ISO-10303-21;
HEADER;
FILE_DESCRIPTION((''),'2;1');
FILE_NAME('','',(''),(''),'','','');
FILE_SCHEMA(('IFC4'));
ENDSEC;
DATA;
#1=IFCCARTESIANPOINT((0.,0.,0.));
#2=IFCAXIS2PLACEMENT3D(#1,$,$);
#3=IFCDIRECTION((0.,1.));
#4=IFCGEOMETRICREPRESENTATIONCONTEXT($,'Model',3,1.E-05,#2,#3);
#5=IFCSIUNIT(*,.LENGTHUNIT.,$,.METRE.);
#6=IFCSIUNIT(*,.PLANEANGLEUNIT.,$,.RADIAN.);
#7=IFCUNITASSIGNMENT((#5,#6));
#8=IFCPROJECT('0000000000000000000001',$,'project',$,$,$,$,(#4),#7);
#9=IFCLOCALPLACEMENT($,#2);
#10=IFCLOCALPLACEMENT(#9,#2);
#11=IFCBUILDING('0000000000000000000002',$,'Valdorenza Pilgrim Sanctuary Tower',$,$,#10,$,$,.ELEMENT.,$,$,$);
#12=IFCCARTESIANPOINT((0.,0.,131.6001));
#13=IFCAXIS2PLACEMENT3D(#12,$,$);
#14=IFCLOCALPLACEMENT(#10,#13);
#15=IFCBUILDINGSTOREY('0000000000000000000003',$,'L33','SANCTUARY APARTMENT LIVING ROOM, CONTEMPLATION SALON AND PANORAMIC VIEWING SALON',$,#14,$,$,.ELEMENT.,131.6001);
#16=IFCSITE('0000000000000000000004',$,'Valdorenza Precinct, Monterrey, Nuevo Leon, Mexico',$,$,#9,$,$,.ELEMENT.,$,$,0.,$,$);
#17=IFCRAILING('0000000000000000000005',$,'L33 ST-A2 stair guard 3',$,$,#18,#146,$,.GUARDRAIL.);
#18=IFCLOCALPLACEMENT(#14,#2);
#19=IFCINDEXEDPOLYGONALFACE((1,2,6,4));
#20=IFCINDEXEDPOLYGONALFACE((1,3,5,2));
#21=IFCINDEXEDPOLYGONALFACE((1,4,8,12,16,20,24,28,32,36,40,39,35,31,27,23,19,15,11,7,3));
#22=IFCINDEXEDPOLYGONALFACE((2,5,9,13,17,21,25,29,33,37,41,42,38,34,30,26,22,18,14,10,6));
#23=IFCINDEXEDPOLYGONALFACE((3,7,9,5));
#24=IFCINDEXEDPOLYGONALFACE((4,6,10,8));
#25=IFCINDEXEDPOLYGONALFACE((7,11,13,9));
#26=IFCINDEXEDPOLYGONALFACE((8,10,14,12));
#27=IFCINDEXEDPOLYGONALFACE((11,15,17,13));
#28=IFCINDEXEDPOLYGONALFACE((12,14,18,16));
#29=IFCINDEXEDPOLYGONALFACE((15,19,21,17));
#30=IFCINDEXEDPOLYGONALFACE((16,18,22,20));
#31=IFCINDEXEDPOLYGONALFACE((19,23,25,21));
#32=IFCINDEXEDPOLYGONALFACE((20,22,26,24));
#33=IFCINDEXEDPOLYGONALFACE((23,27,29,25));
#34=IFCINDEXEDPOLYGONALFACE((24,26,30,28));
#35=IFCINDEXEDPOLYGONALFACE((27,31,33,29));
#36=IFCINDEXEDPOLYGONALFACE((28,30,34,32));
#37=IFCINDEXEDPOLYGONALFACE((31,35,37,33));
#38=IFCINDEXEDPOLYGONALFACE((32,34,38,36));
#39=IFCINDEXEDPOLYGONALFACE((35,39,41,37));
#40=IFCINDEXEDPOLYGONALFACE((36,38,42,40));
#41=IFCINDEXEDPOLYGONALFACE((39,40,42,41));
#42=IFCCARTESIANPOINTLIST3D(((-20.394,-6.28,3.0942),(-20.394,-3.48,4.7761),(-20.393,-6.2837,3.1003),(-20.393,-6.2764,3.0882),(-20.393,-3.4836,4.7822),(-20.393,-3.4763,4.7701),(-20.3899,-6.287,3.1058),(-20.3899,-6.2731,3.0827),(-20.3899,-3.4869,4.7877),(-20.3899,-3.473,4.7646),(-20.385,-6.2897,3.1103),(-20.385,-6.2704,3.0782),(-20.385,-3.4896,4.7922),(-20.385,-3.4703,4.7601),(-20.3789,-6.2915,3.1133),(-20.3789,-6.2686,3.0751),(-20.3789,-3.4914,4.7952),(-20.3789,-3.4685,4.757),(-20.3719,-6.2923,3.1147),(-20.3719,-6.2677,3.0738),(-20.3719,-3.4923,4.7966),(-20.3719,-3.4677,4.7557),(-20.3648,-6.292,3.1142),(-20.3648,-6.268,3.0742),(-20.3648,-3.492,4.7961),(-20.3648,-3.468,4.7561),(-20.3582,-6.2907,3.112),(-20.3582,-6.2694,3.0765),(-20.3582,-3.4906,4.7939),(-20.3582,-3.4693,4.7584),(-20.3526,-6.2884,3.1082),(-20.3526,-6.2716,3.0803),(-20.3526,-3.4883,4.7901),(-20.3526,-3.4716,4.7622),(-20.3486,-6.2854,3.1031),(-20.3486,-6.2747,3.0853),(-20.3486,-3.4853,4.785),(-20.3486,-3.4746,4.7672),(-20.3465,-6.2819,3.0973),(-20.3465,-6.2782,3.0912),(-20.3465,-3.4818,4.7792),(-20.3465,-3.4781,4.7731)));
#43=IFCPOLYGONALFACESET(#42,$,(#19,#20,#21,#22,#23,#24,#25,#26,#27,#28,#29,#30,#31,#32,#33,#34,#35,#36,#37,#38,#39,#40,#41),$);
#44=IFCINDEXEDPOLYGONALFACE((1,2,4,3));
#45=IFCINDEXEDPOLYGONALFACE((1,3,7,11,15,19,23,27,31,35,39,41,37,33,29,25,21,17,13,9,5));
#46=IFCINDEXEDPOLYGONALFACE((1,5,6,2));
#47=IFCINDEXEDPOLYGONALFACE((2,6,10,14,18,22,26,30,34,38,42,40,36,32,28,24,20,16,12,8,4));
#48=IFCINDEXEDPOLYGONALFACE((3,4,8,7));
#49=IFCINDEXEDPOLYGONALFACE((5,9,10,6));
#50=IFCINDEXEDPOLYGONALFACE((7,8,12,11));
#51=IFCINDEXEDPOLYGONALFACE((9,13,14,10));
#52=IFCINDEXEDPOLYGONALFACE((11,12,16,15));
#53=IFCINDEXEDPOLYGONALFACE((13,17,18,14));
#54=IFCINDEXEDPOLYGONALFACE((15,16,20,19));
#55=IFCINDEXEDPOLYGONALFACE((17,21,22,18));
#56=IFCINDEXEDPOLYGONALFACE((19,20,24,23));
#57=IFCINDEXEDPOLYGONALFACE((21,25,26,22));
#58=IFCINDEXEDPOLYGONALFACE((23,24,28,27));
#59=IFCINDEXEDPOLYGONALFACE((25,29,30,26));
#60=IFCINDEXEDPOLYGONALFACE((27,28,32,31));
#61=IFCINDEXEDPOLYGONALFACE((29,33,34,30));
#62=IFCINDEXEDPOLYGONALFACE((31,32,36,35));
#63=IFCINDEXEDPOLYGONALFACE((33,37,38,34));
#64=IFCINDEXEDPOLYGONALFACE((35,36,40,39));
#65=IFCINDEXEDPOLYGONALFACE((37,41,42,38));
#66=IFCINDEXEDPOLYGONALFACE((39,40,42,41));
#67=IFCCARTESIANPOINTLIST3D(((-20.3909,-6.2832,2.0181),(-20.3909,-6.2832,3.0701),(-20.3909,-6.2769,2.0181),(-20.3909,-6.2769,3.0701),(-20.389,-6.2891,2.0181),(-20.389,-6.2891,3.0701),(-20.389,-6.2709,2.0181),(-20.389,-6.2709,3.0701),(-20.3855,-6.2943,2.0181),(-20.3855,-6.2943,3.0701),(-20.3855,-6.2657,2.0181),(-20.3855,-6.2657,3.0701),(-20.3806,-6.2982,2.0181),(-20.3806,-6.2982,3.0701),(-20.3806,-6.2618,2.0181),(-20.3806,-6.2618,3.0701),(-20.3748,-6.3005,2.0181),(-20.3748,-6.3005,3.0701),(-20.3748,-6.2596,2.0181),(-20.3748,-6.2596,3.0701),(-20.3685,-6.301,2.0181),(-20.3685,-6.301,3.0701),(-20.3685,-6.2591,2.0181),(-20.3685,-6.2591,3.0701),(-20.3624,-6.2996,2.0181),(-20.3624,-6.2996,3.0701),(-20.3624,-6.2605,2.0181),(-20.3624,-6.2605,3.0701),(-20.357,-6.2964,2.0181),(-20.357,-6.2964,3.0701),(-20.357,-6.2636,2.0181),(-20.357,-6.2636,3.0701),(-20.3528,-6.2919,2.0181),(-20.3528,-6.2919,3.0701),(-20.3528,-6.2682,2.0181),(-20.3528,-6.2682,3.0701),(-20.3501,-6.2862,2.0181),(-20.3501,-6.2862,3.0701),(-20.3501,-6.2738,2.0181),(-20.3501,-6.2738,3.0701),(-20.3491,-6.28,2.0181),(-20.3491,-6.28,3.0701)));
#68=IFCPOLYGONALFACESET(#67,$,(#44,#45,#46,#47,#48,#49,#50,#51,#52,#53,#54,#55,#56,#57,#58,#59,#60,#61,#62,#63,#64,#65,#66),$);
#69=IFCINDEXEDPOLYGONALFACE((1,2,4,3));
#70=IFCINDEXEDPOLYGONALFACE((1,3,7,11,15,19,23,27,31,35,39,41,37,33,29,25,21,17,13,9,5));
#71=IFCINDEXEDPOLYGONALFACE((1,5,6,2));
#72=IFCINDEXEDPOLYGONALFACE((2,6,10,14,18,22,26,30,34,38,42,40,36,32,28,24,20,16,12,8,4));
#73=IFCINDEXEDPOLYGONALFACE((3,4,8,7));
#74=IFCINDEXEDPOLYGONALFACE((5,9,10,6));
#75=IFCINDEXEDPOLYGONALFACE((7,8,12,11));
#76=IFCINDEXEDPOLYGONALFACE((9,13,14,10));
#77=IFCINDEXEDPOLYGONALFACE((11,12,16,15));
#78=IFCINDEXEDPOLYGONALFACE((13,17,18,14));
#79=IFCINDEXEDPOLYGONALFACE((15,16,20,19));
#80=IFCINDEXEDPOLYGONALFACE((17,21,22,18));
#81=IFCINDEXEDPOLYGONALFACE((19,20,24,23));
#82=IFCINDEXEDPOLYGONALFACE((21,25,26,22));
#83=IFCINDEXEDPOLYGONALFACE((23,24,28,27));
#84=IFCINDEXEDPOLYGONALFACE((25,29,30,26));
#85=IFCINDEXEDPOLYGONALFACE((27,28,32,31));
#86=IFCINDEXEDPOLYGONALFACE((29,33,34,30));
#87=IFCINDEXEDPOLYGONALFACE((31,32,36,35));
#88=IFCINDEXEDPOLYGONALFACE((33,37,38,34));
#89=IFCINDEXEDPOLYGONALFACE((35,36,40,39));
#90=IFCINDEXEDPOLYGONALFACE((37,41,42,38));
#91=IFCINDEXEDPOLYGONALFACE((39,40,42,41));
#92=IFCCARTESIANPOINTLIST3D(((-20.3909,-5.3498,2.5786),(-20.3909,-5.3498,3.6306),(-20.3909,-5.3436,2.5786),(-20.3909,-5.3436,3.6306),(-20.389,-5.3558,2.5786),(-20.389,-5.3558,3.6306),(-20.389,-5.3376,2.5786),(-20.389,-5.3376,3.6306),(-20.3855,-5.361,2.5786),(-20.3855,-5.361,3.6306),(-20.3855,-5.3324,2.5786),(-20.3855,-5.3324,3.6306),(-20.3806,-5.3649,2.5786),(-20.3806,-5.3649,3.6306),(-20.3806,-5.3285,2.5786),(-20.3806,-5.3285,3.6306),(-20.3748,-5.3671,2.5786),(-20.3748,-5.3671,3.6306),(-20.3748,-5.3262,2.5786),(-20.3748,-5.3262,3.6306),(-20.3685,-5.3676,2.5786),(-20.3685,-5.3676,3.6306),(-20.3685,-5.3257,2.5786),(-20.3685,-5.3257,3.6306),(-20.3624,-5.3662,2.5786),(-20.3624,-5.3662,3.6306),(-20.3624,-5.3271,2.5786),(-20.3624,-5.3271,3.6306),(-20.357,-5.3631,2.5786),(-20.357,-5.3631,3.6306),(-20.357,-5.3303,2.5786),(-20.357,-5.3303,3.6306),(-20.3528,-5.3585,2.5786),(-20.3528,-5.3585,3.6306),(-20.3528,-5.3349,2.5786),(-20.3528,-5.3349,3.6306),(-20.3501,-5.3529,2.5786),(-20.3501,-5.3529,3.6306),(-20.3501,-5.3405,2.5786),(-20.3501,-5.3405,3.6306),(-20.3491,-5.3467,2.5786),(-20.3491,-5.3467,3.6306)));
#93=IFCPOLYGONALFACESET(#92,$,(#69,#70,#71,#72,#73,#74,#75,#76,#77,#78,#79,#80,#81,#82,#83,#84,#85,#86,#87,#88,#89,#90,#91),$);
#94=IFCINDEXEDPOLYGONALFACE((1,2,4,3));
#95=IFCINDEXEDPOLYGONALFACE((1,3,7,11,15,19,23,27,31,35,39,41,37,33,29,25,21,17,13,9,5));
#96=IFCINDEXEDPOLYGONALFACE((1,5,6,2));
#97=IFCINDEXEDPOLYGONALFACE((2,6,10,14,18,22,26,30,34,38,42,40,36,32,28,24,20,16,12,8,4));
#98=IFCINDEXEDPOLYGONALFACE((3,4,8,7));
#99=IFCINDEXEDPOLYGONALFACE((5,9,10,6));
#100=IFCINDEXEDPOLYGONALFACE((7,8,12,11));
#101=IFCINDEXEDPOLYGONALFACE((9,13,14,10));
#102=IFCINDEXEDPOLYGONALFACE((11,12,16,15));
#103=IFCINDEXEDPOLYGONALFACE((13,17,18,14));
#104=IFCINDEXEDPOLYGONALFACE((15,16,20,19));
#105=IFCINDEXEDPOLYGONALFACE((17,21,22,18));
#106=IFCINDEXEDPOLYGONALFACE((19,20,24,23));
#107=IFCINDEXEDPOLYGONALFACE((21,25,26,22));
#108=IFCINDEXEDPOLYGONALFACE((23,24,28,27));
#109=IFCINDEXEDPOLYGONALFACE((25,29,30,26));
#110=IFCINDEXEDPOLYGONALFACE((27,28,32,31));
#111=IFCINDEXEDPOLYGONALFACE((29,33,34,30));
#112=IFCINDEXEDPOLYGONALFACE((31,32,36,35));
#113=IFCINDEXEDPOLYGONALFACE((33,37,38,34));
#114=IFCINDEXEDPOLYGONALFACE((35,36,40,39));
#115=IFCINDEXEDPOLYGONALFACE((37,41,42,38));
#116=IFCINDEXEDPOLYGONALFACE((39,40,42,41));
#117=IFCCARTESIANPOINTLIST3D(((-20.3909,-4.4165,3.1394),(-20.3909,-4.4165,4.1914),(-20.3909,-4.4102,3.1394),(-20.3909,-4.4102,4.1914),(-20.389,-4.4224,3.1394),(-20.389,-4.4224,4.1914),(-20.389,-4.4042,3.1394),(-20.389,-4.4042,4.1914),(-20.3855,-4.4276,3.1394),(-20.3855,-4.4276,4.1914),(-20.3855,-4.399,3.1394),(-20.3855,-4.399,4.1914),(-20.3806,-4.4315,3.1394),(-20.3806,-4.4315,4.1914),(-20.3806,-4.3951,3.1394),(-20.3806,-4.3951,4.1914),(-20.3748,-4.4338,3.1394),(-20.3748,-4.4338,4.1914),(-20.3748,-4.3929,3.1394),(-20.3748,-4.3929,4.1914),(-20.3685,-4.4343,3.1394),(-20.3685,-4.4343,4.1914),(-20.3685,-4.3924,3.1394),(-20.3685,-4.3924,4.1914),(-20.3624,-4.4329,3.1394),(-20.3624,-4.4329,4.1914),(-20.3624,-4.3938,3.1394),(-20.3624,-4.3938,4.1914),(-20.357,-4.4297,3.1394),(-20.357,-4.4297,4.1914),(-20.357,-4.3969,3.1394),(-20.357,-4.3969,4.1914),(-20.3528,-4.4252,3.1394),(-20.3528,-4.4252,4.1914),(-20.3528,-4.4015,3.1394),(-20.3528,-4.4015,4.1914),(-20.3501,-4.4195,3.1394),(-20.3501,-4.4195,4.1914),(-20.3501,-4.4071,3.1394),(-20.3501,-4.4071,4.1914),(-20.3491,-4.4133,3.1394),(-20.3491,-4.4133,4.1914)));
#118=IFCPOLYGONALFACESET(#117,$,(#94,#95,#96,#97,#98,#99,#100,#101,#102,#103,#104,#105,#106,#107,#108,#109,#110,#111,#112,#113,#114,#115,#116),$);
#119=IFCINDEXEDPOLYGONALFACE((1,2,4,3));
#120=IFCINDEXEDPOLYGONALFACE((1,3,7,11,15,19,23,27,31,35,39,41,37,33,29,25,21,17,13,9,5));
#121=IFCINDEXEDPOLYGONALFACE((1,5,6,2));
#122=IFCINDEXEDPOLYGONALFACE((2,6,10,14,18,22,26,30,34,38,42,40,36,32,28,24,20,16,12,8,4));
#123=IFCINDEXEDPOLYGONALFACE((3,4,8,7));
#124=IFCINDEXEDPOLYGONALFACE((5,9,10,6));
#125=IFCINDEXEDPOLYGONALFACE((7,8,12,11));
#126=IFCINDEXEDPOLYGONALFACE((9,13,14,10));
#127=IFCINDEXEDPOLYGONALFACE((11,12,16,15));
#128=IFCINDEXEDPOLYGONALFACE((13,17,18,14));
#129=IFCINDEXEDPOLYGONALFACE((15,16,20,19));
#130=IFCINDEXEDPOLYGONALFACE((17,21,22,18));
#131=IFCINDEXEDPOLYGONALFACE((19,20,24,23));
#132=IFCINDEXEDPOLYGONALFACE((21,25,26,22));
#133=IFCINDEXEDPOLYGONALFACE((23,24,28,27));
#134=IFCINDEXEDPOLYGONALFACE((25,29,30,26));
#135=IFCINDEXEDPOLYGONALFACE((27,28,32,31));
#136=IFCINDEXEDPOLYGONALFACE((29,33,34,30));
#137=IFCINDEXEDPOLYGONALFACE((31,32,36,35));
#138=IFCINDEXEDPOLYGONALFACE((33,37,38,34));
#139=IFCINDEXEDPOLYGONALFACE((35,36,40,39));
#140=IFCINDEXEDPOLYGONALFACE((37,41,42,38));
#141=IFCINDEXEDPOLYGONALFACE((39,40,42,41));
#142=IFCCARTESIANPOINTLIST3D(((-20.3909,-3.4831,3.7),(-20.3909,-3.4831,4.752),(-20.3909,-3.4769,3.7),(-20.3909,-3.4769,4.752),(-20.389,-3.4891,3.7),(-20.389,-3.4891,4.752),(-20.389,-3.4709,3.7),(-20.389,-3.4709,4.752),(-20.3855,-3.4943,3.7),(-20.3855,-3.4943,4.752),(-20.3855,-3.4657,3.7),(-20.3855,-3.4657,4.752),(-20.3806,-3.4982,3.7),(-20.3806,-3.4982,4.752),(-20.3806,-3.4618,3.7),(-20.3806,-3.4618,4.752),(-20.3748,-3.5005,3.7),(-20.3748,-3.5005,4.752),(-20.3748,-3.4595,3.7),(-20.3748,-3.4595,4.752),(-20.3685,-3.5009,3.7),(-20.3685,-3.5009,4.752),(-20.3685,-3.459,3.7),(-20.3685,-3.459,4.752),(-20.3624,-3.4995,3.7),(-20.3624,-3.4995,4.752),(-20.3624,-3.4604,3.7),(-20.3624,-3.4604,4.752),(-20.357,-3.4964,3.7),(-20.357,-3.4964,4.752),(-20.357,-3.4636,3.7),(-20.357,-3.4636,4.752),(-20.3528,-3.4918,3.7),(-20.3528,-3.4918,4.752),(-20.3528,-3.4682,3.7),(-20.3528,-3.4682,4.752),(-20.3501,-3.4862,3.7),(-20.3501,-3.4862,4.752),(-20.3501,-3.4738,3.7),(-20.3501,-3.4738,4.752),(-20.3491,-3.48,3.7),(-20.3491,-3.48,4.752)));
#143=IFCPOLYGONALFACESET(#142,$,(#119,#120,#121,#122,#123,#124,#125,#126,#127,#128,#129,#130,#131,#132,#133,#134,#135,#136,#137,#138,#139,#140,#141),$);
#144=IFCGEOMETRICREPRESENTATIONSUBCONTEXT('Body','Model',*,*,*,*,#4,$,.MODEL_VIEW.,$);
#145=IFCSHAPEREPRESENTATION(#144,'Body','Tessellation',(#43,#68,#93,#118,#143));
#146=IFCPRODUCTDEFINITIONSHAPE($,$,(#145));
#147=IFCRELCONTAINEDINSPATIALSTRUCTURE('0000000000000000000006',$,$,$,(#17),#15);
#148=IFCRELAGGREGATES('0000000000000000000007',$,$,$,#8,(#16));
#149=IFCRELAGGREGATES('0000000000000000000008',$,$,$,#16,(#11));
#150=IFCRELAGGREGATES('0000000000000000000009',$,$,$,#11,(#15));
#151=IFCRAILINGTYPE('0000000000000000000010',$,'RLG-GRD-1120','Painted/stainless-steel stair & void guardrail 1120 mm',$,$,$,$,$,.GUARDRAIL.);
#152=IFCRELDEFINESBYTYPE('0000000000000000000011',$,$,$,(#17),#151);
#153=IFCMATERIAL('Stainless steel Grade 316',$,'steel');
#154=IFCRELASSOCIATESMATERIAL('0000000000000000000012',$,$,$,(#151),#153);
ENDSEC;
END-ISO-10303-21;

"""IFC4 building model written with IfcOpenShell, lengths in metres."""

from ifc_helpers import new_model, si_unit, direction, frame, origin, origin_2d, place, context, subcontext, project, spatial, circle, extrude, material, type_object, element, save


model = new_model("IFC4")

# Units and contexts
model_context = context("Model", 3, precision=1e-05, world=origin(), true_north=direction((0.0, 1.0)))
body_context = subcontext(model_context, "Body", "Model", "MODEL_VIEW")
ifc_project = project(units=[si_unit("LENGTHUNIT", "METRE"), si_unit("PLANEANGLEUNIT", "RADIAN")], contexts=[model_context])

# Site, building, storey
site_placement = place(None, origin())
site = spatial("IfcSite", under=ifc_project, at=site_placement, Name="Valdorenza Precinct, Monterrey, Nuevo Leon, Mexico", CompositionType="ELEMENT", RefElevation=0.0)
building_placement = place(site_placement, origin())
building = spatial("IfcBuilding", under=site, at=building_placement, Name="Valdorenza Pilgrim Sanctuary Tower", CompositionType="ELEMENT")
storey_placement = place(building_placement, frame((0.0, 0.0, 131.6001)))
storey = spatial("IfcBuildingStorey", under=building, at=storey_placement, Name="L33", Description="SANCTUARY APARTMENT LIVING ROOM, CONTEMPLATION SALON AND PANORAMIC VIEWING SALON", CompositionType="ELEMENT", Elevation=131.6001)

# Railing
ifc_material_1 = material(Name="Stainless steel Grade 316", Category="steel")
railing_type_1 = type_object("IfcRailingType", Name="RLG-GRD-1120", Description="Painted/stainless-steel stair & void guardrail 1120 mm", PredefinedType="GUARDRAIL", material=ifc_material_1)
railing_1_placement = place(storey_placement, frame((-20.3701, -6.28, 2.0181)))
element("IfcRailing", 1, at=railing_1_placement, inside=storey, type_object=railing_type_1, Name="L33 ST-A2 stair guard 3", PredefinedType="GUARDRAIL", context=body_context, shape_type="SweptSolid", body=[
    extrude(circle(Radius=0.0239, at=origin_2d()), frame((0.0, 0.0, 1.0762), z_axis=(0.0, 0.857242, 0.514913), x_axis=(-1.0, 0.0, 0.0)), (0.0, 0.0, 1.0), 3.2664),
    extrude(circle(Radius=0.021, at=origin_2d()), origin(), (0.0, 0.0, 1.0), 1.052),
    extrude(circle(Radius=0.021, at=origin_2d()), frame((0.0, 0.9333, 0.5605)), (0.0, 0.0, 1.0), 1.052),
    extrude(circle(Radius=0.021, at=origin_2d()), frame((0.0, 1.8667, 1.1213)), (0.0, 0.0, 1.0), 1.052),
    extrude(circle(Radius=0.021, at=origin_2d()), frame((0.0, 2.8, 1.6819)), (0.0, 0.0, 1.0), 1.052),
])

save(model, "model.ifc")
